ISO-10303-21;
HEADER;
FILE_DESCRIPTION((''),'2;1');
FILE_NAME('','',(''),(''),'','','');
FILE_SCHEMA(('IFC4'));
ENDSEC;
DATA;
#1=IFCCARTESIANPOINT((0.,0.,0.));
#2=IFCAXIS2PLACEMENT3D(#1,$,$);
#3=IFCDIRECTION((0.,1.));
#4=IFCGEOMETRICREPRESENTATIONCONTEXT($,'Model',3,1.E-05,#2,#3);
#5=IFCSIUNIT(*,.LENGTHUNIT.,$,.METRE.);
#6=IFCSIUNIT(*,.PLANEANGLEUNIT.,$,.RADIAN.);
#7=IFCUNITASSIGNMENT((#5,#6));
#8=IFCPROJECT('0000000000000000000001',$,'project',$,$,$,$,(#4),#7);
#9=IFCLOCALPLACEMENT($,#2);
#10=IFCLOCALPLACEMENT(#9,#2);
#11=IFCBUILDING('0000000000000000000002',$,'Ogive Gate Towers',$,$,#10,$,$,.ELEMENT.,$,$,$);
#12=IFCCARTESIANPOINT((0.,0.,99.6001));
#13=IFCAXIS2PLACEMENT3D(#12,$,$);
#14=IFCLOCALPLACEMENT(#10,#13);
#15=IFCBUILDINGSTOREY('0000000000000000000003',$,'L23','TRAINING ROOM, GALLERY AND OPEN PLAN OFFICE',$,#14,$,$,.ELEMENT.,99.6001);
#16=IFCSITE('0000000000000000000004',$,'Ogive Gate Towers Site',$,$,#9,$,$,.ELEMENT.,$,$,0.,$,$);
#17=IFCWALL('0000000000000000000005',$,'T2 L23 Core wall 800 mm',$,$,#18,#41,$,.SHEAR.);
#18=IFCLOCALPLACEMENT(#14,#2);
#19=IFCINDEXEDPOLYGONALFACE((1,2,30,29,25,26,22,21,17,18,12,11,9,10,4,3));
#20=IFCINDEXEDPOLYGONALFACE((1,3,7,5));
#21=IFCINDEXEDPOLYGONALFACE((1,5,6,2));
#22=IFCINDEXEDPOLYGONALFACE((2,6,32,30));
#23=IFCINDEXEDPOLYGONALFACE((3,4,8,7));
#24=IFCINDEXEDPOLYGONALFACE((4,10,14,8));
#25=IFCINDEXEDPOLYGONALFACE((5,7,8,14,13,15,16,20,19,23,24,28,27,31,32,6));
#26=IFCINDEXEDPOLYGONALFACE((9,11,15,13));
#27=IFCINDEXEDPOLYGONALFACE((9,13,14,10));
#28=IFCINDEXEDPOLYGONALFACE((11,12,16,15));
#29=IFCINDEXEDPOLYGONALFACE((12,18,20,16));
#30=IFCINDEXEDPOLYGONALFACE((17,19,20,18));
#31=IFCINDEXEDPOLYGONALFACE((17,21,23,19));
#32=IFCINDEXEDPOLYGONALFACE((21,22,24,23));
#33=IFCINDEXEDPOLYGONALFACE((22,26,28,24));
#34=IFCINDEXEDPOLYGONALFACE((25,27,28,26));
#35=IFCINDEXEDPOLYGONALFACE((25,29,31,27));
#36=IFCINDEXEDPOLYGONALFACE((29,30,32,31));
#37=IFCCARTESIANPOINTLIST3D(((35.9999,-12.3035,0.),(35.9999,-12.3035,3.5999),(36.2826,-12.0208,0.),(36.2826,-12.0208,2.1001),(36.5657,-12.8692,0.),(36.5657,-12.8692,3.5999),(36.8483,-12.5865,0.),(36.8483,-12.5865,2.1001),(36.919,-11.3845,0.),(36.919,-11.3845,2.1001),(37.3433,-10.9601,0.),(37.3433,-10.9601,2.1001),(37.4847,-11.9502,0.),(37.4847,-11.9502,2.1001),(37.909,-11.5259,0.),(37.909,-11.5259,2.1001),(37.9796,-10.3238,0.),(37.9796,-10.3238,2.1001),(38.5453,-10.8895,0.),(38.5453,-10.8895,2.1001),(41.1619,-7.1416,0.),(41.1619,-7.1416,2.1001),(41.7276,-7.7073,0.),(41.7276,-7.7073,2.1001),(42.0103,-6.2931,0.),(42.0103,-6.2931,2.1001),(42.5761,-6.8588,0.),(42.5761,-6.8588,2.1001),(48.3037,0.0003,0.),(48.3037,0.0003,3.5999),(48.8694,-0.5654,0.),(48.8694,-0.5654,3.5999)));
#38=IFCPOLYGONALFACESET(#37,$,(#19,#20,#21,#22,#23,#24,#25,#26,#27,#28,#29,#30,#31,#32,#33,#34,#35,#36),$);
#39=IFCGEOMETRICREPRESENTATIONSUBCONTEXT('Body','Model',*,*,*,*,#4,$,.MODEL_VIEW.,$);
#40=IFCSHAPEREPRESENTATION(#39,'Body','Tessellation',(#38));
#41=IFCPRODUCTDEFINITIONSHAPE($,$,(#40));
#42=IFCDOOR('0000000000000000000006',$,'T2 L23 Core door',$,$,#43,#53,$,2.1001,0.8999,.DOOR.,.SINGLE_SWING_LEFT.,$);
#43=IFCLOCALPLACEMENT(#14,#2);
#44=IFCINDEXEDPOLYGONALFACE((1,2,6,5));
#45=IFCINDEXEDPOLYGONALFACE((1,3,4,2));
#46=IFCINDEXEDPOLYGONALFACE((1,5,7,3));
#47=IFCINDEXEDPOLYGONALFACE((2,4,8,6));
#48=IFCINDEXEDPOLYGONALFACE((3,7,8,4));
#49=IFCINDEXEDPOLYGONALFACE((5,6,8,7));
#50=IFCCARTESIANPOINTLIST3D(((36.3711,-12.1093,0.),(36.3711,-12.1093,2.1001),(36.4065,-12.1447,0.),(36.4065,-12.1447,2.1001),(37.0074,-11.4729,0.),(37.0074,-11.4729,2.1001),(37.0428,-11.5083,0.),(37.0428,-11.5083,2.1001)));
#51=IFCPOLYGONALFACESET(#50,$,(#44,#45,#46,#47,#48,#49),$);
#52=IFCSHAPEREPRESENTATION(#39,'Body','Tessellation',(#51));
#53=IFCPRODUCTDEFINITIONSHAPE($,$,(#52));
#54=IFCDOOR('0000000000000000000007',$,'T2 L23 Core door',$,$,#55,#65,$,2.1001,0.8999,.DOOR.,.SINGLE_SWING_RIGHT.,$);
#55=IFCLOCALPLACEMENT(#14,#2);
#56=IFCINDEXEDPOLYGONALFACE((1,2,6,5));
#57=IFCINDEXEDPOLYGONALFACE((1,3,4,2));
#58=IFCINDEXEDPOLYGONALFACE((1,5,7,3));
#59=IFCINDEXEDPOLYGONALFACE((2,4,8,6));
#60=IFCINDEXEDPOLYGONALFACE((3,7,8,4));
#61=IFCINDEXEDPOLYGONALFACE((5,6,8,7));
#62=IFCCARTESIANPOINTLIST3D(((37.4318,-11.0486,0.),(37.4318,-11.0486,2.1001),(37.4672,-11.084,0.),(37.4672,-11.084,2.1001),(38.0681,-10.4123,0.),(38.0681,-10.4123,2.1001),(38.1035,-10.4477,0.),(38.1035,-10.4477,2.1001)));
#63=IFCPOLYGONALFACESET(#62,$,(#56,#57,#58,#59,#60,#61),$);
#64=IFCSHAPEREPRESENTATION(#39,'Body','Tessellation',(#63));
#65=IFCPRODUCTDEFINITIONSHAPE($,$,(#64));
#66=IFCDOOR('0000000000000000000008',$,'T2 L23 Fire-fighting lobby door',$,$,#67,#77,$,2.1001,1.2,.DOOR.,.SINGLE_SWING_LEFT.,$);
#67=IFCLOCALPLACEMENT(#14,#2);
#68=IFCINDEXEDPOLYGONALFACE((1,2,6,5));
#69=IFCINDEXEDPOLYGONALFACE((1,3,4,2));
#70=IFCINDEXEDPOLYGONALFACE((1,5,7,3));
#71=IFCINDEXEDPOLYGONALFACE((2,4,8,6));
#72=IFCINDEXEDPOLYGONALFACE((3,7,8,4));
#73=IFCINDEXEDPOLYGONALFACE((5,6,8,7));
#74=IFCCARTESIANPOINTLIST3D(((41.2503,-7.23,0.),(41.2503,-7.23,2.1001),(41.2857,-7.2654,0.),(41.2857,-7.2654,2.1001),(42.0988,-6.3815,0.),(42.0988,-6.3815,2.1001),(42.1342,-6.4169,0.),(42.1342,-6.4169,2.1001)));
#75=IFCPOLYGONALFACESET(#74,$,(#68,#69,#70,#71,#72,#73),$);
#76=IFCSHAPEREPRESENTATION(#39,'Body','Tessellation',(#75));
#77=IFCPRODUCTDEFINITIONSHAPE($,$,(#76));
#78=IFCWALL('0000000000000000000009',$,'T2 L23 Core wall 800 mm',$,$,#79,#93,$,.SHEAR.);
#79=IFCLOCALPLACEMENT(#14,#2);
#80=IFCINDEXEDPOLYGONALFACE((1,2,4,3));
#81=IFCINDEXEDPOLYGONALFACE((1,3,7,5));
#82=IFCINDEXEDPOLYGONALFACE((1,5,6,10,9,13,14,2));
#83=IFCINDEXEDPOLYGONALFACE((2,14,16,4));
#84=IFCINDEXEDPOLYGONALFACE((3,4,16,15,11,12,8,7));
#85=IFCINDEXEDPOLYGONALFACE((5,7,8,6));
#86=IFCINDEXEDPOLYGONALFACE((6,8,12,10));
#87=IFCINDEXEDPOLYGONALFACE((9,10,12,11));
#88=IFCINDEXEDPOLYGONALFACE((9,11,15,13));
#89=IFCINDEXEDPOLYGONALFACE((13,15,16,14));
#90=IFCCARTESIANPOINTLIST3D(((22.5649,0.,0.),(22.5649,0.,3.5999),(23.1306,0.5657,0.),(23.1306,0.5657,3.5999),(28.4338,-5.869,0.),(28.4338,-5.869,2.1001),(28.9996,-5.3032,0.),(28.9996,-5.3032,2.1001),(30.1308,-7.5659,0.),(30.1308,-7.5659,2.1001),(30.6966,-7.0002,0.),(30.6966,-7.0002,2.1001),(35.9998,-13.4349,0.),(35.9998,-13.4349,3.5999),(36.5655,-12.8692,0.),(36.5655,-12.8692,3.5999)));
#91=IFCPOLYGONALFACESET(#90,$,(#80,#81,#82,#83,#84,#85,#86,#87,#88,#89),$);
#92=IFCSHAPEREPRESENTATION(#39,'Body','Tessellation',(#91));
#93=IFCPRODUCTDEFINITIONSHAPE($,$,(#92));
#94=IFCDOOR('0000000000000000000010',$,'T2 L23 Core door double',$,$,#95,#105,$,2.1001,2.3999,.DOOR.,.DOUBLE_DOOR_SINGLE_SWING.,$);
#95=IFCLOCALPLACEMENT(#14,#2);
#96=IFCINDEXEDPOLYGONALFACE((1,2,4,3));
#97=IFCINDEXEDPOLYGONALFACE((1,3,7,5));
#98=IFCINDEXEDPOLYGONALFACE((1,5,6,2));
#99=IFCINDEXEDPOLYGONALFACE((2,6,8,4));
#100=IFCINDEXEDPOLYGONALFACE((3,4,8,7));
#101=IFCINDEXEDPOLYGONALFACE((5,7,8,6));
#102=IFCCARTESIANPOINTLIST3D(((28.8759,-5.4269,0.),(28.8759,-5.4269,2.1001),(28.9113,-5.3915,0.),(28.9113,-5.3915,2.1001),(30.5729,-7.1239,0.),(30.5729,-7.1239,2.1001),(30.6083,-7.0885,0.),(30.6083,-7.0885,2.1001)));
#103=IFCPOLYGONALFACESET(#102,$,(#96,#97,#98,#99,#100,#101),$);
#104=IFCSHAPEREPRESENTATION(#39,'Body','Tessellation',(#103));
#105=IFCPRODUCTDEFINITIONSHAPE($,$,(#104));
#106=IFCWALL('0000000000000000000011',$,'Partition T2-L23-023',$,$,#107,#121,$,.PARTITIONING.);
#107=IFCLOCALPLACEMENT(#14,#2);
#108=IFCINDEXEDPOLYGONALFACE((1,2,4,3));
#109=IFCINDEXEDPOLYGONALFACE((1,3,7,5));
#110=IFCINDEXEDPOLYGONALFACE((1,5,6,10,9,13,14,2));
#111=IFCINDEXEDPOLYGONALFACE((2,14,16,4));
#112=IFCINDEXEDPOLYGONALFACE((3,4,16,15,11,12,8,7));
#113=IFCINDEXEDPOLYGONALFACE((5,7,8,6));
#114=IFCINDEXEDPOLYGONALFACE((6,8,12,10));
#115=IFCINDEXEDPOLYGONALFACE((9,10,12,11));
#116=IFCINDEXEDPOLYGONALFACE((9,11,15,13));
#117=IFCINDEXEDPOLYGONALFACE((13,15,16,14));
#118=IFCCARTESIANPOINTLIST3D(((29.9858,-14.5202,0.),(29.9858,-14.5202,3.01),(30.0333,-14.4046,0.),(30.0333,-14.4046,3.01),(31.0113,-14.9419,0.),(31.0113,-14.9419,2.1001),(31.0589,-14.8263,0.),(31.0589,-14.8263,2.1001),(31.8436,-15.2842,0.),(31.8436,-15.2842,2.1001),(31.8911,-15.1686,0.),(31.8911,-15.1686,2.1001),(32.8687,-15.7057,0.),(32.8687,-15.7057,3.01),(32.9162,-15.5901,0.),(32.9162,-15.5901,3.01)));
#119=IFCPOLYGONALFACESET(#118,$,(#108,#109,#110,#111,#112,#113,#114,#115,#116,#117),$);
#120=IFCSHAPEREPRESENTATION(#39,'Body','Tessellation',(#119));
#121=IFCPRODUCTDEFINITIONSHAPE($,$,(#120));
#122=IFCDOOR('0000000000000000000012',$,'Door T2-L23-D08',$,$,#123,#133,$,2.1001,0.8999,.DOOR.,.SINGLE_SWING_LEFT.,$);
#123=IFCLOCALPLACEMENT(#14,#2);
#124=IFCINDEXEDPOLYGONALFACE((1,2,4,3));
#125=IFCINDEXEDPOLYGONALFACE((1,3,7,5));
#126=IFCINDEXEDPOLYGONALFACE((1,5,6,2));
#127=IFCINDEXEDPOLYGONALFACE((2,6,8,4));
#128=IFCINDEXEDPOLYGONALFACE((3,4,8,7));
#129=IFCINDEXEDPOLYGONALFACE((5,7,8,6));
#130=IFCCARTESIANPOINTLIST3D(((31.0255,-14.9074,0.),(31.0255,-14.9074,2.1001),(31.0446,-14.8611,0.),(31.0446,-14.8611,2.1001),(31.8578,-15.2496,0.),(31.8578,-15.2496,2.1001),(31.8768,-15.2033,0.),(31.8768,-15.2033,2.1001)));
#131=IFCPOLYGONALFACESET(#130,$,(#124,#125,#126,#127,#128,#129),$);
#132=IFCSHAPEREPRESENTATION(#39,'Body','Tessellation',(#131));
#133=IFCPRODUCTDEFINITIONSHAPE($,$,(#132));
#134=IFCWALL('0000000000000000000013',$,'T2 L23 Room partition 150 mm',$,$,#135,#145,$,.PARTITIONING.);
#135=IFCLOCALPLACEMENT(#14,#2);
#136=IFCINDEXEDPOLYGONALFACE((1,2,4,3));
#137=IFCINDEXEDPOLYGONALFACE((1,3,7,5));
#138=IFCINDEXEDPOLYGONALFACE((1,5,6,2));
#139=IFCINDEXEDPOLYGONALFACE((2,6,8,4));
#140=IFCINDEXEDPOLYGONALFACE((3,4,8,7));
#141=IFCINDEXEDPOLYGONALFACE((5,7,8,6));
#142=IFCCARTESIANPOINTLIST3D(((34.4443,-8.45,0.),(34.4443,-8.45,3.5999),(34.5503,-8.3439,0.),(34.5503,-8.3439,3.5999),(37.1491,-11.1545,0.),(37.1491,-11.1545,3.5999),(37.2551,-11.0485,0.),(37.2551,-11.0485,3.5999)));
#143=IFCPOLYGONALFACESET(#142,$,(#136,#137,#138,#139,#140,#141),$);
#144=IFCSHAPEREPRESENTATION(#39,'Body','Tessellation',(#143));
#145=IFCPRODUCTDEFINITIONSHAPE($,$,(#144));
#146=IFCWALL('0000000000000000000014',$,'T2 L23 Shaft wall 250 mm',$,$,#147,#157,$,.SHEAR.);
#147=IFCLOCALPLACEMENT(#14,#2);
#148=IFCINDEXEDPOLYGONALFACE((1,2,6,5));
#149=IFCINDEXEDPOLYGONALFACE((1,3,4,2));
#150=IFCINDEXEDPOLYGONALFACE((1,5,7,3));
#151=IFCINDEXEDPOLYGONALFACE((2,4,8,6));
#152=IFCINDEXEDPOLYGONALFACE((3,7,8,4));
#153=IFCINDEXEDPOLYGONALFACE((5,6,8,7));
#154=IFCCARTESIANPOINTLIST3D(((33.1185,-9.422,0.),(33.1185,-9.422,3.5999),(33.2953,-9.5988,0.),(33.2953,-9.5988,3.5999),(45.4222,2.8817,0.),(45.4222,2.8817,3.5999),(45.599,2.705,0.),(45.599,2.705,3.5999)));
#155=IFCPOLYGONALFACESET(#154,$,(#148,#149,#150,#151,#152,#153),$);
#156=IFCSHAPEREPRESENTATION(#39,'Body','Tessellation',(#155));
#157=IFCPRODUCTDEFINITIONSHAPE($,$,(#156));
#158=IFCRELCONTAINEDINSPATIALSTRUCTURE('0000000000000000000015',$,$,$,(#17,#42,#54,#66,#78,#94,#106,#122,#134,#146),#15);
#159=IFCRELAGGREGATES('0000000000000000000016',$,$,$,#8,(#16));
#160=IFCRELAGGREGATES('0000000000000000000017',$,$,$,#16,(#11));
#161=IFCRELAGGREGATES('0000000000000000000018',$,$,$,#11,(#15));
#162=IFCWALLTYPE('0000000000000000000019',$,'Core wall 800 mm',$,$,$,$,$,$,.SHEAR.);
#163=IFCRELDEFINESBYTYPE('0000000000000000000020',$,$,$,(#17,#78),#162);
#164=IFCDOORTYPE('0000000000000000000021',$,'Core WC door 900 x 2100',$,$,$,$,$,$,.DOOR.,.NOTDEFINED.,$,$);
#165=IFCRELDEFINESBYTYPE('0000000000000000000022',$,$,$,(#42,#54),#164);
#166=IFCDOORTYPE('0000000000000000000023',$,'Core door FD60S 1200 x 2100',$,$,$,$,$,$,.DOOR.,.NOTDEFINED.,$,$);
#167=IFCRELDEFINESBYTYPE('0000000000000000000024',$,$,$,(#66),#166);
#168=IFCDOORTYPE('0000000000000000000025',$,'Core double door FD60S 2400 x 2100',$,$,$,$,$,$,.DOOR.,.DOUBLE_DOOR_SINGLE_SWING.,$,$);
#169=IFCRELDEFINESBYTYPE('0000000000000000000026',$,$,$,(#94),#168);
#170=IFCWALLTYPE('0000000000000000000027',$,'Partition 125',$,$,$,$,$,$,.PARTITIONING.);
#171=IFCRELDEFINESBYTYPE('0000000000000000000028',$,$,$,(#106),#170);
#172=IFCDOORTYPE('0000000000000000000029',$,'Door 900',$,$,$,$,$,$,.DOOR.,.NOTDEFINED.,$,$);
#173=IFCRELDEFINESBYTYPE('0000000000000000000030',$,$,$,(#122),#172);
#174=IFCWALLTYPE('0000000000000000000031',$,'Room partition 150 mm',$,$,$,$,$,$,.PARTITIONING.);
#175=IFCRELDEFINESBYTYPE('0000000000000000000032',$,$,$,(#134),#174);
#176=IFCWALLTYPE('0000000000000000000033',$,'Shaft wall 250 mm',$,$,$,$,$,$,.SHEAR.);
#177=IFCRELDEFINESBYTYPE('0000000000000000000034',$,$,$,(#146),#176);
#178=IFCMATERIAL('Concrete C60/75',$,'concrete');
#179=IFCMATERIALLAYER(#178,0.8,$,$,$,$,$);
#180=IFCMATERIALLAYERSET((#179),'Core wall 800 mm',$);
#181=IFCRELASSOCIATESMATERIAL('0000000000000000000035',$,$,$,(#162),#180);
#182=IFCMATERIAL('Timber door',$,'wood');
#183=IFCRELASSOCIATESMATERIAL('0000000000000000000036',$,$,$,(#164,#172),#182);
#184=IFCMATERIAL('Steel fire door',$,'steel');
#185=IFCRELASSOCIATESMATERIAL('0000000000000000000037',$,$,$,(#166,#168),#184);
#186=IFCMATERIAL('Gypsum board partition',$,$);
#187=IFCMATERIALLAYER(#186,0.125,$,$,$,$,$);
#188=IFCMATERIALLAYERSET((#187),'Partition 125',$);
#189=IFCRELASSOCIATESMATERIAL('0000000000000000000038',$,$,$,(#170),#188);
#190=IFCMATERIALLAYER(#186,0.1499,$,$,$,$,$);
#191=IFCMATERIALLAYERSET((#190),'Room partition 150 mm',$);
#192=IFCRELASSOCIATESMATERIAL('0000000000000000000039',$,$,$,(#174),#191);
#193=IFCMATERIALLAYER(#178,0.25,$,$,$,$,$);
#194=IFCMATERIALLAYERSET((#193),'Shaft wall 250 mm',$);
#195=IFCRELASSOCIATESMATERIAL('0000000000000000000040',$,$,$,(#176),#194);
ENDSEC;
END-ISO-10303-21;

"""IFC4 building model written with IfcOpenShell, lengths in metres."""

from ifc_helpers import new_model, si_unit, direction, frame, frame_2d, origin, place, context, subcontext, project, spatial, rectangle, extrude, material, layer, layer_set, type_object, element, fill, save


model = new_model("IFC4")

# Units and contexts
model_context = context("Model", 3, precision=1e-05, world=origin(), true_north=direction((0.0, 1.0)))
body_context = subcontext(model_context, "Body", "Model", "MODEL_VIEW")
ifc_project = project(units=[si_unit("LENGTHUNIT", "METRE"), si_unit("PLANEANGLEUNIT", "RADIAN")], contexts=[model_context])

# Site, building, storey
site_placement = place(None, origin())
site = spatial("IfcSite", under=ifc_project, at=site_placement, Name="Ogive Gate Towers Site", CompositionType="ELEMENT", RefElevation=0.0)
building_placement = place(site_placement, origin())
building = spatial("IfcBuilding", under=site, at=building_placement, Name="Ogive Gate Towers", CompositionType="ELEMENT")
storey_placement = place(building_placement, frame((0.0, 0.0, 99.6001)))
storey = spatial("IfcBuildingStorey", under=building, at=storey_placement, Name="L23", Description="TRAINING ROOM, GALLERY AND OPEN PLAN OFFICE", CompositionType="ELEMENT", Elevation=99.6001)

# Shared definitions
ifc_material_1 = material(Name="Timber door", Category="wood")

# Wall, openings, doors
ifc_material_2 = material(Name="Concrete C60/75", Category="concrete")
ifc_layer_1 = layer(ifc_material_2, 0.8)
ifc_layer_set_1 = layer_set([ifc_layer_1], Name="Core wall 800 mm")
wall_type_1 = type_object("IfcWallType", Name="Core wall 800 mm", PredefinedType="SHEAR", material=ifc_layer_set_1)
wall_1_placement = place(storey_placement, frame((36.2827, -12.5864, 0.0), z_axis=(0.0, 0.0, 1.0), x_axis=(0.707107, 0.707107, 0.0)))
wall_1 = element("IfcWall", 1, at=wall_1_placement, inside=storey, type_object=wall_type_1, Name="T2 L23 Core wall 800 mm", PredefinedType="SHEAR", context=body_context, shape_type="SweptSolid", body=[
    extrude(rectangle(XDim=17.4001, YDim=0.8, at=frame_2d((8.7002, 0.0))), origin(), (0.0, 0.0, 1.0), 3.5999),
])
opening_1_placement = place(wall_1_placement, frame((7.3, 0.0, 0.0)))
opening_1 = element("IfcOpeningElement", 2, at=opening_1_placement, cuts=wall_1, PredefinedType="OPENING", context=body_context, shape_type="SweptSolid", body=[
    extrude(rectangle(XDim=1.2, YDim=2.1001, at=frame_2d((0.6001, 1.05))), frame((0.0, 0.4102, 0.0), z_axis=(0.0, -1.0, 0.0), x_axis=(1.0, 0.0, 0.0)), (0.0, 0.0, 1.0), 0.8201),
])
opening_2_placement = place(wall_1_placement, frame((0.3999, 0.0, 0.0)))
opening_2 = element("IfcOpeningElement", 3, at=opening_2_placement, cuts=wall_1, PredefinedType="OPENING", context=body_context, shape_type="SweptSolid", body=[
    extrude(rectangle(XDim=0.8999, YDim=2.1001, at=frame_2d((0.45, 1.05))), frame((0.0, 0.4102, 0.0), z_axis=(0.0, -1.0, 0.0), x_axis=(1.0, 0.0, 0.0)), (0.0, 0.0, 1.0), 0.8201),
])
opening_3_placement = place(wall_1_placement, frame((1.8999, 0.0, 0.0)))
opening_3 = element("IfcOpeningElement", 4, at=opening_3_placement, cuts=wall_1, PredefinedType="OPENING", context=body_context, shape_type="SweptSolid", body=[
    extrude(rectangle(XDim=0.8999, YDim=2.1001, at=frame_2d((0.45, 1.05))), frame((0.0, 0.4102, 0.0), z_axis=(0.0, -1.0, 0.0), x_axis=(1.0, 0.0, 0.0)), (0.0, 0.0, 1.0), 0.8201),
])
door_type_1 = type_object("IfcDoorType", Name="Core WC door 900 x 2100", OperationType="NOTDEFINED", PredefinedType="DOOR", material=ifc_material_1)
door_1_placement = place(opening_2_placement, origin())
door_1 = element("IfcDoor", 5, at=door_1_placement, inside=storey, type_object=door_type_1, Name="T2 L23 Core door", OperationType="SINGLE_SWING_LEFT", OverallHeight=2.1001, OverallWidth=0.8999, PredefinedType="DOOR", context=body_context, shape_type="SweptSolid", body=[
    extrude(rectangle(XDim=0.8999, YDim=2.1001, at=frame_2d((0.45, 1.05))), frame((0.0, 0.2749, 0.0), z_axis=(0.0, -1.0, 0.0), x_axis=(1.0, 0.0, 0.0)), (0.0, 0.0, 1.0), 0.05),
])
fill(opening_2, door_1)
door_2_placement = place(opening_3_placement, origin())
door_2 = element("IfcDoor", 6, at=door_2_placement, inside=storey, type_object=door_type_1, Name="T2 L23 Core door", OperationType="SINGLE_SWING_RIGHT", OverallHeight=2.1001, OverallWidth=0.8999, PredefinedType="DOOR", context=body_context, shape_type="SweptSolid", body=[
    extrude(rectangle(XDim=0.8999, YDim=2.1001, at=frame_2d((0.45, 1.05))), frame((0.0, 0.2749, 0.0), z_axis=(0.0, -1.0, 0.0), x_axis=(1.0, 0.0, 0.0)), (0.0, 0.0, 1.0), 0.05),
])
fill(opening_3, door_2)
ifc_material_3 = material(Name="Steel fire door", Category="steel")
door_type_2 = type_object("IfcDoorType", Name="Core door FD60S 1200 x 2100", OperationType="NOTDEFINED", PredefinedType="DOOR", material=ifc_material_3)
door_3_placement = place(opening_1_placement, origin())
door_3 = element("IfcDoor", 7, at=door_3_placement, inside=storey, type_object=door_type_2, Name="T2 L23 Fire-fighting lobby door", OperationType="SINGLE_SWING_LEFT", OverallHeight=2.1001, OverallWidth=1.2, PredefinedType="DOOR", context=body_context, shape_type="SweptSolid", body=[
    extrude(rectangle(XDim=1.2, YDim=2.1001, at=frame_2d((0.6001, 1.05))), frame((0.0, 0.2749, 0.0), z_axis=(0.0, -1.0, 0.0), x_axis=(1.0, 0.0, 0.0)), (0.0, 0.0, 1.0), 0.05),
])
fill(opening_1, door_3)

# Walls, openings, doors
wall_2_placement = place(storey_placement, frame((36.2827, -13.1521, 0.0), z_axis=(0.0, 0.0, 1.0), x_axis=(-0.707107, 0.707107, 0.0)))
wall_2 = element("IfcWall", 8, at=wall_2_placement, inside=storey, type_object=wall_type_1, Name="T2 L23 Core wall 800 mm", PredefinedType="SHEAR", context=body_context, shape_type="SweptSolid", body=[
    extrude(rectangle(XDim=18.9998, YDim=0.8, at=frame_2d((9.5, 0.0))), origin(), (0.0, 0.0, 1.0), 3.5999),
])
opening_4_placement = place(wall_2_placement, frame((8.3, 0.0, 0.0)))
opening_4 = element("IfcOpeningElement", 9, at=opening_4_placement, cuts=wall_2, PredefinedType="OPENING", context=body_context, shape_type="SweptSolid", body=[
    extrude(rectangle(XDim=2.3999, YDim=2.1001, at=frame_2d((1.2, 1.05))), frame((0.0, 0.4102, 0.0), z_axis=(0.0, -1.0, 0.0), x_axis=(1.0, 0.0, 0.0)), (0.0, 0.0, 1.0), 0.8201),
])
door_type_3 = type_object("IfcDoorType", Name="Core double door FD60S 2400 x 2100", OperationType="DOUBLE_DOOR_SINGLE_SWING", PredefinedType="DOOR", material=ifc_material_3)
door_4_placement = place(opening_4_placement, origin())
door_4 = element("IfcDoor", 10, at=door_4_placement, inside=storey, type_object=door_type_3, Name="T2 L23 Core door double", OperationType="DOUBLE_DOOR_SINGLE_SWING", OverallHeight=2.1001, OverallWidth=2.3999, PredefinedType="DOOR", context=body_context, shape_type="SweptSolid", body=[
    extrude(rectangle(XDim=2.3999, YDim=2.1001, at=frame_2d((1.2, 1.05))), frame((0.0, -0.2251, 0.0), z_axis=(0.0, -1.0, 0.0), x_axis=(1.0, 0.0, 0.0)), (0.0, 0.0, 1.0), 0.05),
])
fill(opening_4, door_4)
ifc_material_4 = material(Name="Gypsum board partition")
ifc_layer_2 = layer(ifc_material_4, 0.125)
ifc_layer_set_2 = layer_set([ifc_layer_2], Name="Partition 125")
wall_type_2 = type_object("IfcWallType", Name="Partition 125", PredefinedType="PARTITIONING", material=ifc_layer_set_2)
wall_3_placement = place(storey_placement, frame((30.0095, -14.4624, 0.0), z_axis=(0.0, 0.0, 1.0), x_axis=(0.924858, -0.380313, 0.0)))
wall_3 = element("IfcWall", 11, at=wall_3_placement, inside=storey, type_object=wall_type_2, Name="Partition T2-L23-023", PredefinedType="PARTITIONING", context=body_context, shape_type="SweptSolid", body=[
    extrude(rectangle(XDim=3.1172, YDim=0.125, at=frame_2d((1.5586, 0.0))), origin(), (0.0, 0.0, 1.0), 3.01),
])
opening_5_placement = place(wall_3_placement, frame((1.1089, 0.0, 0.0)))
opening_5 = element("IfcOpeningElement", 12, at=opening_5_placement, cuts=wall_3, PredefinedType="OPENING", context=body_context, shape_type="SweptSolid", body=[
    extrude(rectangle(XDim=0.8999, YDim=2.1001, at=frame_2d((0.45, 1.05))), frame((0.0, 0.0725, 0.0), z_axis=(0.0, -1.0, 0.0), x_axis=(1.0, 0.0, 0.0)), (0.0, 0.0, 1.0), 0.145),
])
door_type_4 = type_object("IfcDoorType", Name="Door 900", OperationType="NOTDEFINED", PredefinedType="DOOR", material=ifc_material_1)
door_5_placement = place(opening_5_placement, origin())
door_5 = element("IfcDoor", 13, at=door_5_placement, inside=storey, type_object=door_type_4, Name="Door T2-L23-D08", OperationType="SINGLE_SWING_LEFT", OverallHeight=2.1001, OverallWidth=0.8999, PredefinedType="DOOR", context=body_context, shape_type="SweptSolid", body=[
    extrude(rectangle(XDim=0.8999, YDim=2.1001, at=frame_2d((0.45, 1.05))), frame((0.0, 0.0249, 0.0), z_axis=(0.0, -1.0, 0.0), x_axis=(1.0, 0.0, 0.0)), (0.0, 0.0, 1.0), 0.05),
])
fill(opening_5, door_5)

# Walls
ifc_layer_3 = layer(ifc_material_4, 0.1499)
ifc_layer_set_3 = layer_set([ifc_layer_3], Name="Room partition 150 mm")
wall_type_3 = type_object("IfcWallType", Name="Room partition 150 mm", PredefinedType="PARTITIONING", material=ifc_layer_set_3)
wall_4_placement = place(storey_placement, frame((37.2021, -11.1016, 0.0), z_axis=(0.0, 0.0, 1.0), x_axis=(-0.707139, 0.707075, 0.0)))
element("IfcWall", 14, at=wall_4_placement, inside=storey, type_object=wall_type_3, Name="T2 L23 Room partition 150 mm", PredefinedType="PARTITIONING", context=body_context, shape_type="SweptSolid", body=[
    extrude(rectangle(XDim=3.825, YDim=0.1499, at=frame_2d((1.9126, 0.0))), origin(), (0.0, 0.0, 1.0), 3.5999),
])
ifc_layer_4 = layer(ifc_material_2, 0.25)
ifc_layer_set_4 = layer_set([ifc_layer_4], Name="Shaft wall 250 mm")
wall_type_4 = type_object("IfcWallType", Name="Shaft wall 250 mm", PredefinedType="SHEAR", material=ifc_layer_set_4)
wall_5_placement = place(storey_placement, frame((33.2068, -9.5105, 0.0), z_axis=(0.0, 0.0, 1.0), x_axis=(0.707107, 0.707107, 0.0)))
element("IfcWall", 15, at=wall_5_placement, inside=storey, type_object=wall_type_4, Name="T2 L23 Shaft wall 250 mm", PredefinedType="SHEAR", context=body_context, shape_type="SweptSolid", body=[
    extrude(rectangle(XDim=17.4001, YDim=0.25, at=frame_2d((8.7002, 0.0))), origin(), (0.0, 0.0, 1.0), 3.5999),
])

save(model, "model.ifc")
